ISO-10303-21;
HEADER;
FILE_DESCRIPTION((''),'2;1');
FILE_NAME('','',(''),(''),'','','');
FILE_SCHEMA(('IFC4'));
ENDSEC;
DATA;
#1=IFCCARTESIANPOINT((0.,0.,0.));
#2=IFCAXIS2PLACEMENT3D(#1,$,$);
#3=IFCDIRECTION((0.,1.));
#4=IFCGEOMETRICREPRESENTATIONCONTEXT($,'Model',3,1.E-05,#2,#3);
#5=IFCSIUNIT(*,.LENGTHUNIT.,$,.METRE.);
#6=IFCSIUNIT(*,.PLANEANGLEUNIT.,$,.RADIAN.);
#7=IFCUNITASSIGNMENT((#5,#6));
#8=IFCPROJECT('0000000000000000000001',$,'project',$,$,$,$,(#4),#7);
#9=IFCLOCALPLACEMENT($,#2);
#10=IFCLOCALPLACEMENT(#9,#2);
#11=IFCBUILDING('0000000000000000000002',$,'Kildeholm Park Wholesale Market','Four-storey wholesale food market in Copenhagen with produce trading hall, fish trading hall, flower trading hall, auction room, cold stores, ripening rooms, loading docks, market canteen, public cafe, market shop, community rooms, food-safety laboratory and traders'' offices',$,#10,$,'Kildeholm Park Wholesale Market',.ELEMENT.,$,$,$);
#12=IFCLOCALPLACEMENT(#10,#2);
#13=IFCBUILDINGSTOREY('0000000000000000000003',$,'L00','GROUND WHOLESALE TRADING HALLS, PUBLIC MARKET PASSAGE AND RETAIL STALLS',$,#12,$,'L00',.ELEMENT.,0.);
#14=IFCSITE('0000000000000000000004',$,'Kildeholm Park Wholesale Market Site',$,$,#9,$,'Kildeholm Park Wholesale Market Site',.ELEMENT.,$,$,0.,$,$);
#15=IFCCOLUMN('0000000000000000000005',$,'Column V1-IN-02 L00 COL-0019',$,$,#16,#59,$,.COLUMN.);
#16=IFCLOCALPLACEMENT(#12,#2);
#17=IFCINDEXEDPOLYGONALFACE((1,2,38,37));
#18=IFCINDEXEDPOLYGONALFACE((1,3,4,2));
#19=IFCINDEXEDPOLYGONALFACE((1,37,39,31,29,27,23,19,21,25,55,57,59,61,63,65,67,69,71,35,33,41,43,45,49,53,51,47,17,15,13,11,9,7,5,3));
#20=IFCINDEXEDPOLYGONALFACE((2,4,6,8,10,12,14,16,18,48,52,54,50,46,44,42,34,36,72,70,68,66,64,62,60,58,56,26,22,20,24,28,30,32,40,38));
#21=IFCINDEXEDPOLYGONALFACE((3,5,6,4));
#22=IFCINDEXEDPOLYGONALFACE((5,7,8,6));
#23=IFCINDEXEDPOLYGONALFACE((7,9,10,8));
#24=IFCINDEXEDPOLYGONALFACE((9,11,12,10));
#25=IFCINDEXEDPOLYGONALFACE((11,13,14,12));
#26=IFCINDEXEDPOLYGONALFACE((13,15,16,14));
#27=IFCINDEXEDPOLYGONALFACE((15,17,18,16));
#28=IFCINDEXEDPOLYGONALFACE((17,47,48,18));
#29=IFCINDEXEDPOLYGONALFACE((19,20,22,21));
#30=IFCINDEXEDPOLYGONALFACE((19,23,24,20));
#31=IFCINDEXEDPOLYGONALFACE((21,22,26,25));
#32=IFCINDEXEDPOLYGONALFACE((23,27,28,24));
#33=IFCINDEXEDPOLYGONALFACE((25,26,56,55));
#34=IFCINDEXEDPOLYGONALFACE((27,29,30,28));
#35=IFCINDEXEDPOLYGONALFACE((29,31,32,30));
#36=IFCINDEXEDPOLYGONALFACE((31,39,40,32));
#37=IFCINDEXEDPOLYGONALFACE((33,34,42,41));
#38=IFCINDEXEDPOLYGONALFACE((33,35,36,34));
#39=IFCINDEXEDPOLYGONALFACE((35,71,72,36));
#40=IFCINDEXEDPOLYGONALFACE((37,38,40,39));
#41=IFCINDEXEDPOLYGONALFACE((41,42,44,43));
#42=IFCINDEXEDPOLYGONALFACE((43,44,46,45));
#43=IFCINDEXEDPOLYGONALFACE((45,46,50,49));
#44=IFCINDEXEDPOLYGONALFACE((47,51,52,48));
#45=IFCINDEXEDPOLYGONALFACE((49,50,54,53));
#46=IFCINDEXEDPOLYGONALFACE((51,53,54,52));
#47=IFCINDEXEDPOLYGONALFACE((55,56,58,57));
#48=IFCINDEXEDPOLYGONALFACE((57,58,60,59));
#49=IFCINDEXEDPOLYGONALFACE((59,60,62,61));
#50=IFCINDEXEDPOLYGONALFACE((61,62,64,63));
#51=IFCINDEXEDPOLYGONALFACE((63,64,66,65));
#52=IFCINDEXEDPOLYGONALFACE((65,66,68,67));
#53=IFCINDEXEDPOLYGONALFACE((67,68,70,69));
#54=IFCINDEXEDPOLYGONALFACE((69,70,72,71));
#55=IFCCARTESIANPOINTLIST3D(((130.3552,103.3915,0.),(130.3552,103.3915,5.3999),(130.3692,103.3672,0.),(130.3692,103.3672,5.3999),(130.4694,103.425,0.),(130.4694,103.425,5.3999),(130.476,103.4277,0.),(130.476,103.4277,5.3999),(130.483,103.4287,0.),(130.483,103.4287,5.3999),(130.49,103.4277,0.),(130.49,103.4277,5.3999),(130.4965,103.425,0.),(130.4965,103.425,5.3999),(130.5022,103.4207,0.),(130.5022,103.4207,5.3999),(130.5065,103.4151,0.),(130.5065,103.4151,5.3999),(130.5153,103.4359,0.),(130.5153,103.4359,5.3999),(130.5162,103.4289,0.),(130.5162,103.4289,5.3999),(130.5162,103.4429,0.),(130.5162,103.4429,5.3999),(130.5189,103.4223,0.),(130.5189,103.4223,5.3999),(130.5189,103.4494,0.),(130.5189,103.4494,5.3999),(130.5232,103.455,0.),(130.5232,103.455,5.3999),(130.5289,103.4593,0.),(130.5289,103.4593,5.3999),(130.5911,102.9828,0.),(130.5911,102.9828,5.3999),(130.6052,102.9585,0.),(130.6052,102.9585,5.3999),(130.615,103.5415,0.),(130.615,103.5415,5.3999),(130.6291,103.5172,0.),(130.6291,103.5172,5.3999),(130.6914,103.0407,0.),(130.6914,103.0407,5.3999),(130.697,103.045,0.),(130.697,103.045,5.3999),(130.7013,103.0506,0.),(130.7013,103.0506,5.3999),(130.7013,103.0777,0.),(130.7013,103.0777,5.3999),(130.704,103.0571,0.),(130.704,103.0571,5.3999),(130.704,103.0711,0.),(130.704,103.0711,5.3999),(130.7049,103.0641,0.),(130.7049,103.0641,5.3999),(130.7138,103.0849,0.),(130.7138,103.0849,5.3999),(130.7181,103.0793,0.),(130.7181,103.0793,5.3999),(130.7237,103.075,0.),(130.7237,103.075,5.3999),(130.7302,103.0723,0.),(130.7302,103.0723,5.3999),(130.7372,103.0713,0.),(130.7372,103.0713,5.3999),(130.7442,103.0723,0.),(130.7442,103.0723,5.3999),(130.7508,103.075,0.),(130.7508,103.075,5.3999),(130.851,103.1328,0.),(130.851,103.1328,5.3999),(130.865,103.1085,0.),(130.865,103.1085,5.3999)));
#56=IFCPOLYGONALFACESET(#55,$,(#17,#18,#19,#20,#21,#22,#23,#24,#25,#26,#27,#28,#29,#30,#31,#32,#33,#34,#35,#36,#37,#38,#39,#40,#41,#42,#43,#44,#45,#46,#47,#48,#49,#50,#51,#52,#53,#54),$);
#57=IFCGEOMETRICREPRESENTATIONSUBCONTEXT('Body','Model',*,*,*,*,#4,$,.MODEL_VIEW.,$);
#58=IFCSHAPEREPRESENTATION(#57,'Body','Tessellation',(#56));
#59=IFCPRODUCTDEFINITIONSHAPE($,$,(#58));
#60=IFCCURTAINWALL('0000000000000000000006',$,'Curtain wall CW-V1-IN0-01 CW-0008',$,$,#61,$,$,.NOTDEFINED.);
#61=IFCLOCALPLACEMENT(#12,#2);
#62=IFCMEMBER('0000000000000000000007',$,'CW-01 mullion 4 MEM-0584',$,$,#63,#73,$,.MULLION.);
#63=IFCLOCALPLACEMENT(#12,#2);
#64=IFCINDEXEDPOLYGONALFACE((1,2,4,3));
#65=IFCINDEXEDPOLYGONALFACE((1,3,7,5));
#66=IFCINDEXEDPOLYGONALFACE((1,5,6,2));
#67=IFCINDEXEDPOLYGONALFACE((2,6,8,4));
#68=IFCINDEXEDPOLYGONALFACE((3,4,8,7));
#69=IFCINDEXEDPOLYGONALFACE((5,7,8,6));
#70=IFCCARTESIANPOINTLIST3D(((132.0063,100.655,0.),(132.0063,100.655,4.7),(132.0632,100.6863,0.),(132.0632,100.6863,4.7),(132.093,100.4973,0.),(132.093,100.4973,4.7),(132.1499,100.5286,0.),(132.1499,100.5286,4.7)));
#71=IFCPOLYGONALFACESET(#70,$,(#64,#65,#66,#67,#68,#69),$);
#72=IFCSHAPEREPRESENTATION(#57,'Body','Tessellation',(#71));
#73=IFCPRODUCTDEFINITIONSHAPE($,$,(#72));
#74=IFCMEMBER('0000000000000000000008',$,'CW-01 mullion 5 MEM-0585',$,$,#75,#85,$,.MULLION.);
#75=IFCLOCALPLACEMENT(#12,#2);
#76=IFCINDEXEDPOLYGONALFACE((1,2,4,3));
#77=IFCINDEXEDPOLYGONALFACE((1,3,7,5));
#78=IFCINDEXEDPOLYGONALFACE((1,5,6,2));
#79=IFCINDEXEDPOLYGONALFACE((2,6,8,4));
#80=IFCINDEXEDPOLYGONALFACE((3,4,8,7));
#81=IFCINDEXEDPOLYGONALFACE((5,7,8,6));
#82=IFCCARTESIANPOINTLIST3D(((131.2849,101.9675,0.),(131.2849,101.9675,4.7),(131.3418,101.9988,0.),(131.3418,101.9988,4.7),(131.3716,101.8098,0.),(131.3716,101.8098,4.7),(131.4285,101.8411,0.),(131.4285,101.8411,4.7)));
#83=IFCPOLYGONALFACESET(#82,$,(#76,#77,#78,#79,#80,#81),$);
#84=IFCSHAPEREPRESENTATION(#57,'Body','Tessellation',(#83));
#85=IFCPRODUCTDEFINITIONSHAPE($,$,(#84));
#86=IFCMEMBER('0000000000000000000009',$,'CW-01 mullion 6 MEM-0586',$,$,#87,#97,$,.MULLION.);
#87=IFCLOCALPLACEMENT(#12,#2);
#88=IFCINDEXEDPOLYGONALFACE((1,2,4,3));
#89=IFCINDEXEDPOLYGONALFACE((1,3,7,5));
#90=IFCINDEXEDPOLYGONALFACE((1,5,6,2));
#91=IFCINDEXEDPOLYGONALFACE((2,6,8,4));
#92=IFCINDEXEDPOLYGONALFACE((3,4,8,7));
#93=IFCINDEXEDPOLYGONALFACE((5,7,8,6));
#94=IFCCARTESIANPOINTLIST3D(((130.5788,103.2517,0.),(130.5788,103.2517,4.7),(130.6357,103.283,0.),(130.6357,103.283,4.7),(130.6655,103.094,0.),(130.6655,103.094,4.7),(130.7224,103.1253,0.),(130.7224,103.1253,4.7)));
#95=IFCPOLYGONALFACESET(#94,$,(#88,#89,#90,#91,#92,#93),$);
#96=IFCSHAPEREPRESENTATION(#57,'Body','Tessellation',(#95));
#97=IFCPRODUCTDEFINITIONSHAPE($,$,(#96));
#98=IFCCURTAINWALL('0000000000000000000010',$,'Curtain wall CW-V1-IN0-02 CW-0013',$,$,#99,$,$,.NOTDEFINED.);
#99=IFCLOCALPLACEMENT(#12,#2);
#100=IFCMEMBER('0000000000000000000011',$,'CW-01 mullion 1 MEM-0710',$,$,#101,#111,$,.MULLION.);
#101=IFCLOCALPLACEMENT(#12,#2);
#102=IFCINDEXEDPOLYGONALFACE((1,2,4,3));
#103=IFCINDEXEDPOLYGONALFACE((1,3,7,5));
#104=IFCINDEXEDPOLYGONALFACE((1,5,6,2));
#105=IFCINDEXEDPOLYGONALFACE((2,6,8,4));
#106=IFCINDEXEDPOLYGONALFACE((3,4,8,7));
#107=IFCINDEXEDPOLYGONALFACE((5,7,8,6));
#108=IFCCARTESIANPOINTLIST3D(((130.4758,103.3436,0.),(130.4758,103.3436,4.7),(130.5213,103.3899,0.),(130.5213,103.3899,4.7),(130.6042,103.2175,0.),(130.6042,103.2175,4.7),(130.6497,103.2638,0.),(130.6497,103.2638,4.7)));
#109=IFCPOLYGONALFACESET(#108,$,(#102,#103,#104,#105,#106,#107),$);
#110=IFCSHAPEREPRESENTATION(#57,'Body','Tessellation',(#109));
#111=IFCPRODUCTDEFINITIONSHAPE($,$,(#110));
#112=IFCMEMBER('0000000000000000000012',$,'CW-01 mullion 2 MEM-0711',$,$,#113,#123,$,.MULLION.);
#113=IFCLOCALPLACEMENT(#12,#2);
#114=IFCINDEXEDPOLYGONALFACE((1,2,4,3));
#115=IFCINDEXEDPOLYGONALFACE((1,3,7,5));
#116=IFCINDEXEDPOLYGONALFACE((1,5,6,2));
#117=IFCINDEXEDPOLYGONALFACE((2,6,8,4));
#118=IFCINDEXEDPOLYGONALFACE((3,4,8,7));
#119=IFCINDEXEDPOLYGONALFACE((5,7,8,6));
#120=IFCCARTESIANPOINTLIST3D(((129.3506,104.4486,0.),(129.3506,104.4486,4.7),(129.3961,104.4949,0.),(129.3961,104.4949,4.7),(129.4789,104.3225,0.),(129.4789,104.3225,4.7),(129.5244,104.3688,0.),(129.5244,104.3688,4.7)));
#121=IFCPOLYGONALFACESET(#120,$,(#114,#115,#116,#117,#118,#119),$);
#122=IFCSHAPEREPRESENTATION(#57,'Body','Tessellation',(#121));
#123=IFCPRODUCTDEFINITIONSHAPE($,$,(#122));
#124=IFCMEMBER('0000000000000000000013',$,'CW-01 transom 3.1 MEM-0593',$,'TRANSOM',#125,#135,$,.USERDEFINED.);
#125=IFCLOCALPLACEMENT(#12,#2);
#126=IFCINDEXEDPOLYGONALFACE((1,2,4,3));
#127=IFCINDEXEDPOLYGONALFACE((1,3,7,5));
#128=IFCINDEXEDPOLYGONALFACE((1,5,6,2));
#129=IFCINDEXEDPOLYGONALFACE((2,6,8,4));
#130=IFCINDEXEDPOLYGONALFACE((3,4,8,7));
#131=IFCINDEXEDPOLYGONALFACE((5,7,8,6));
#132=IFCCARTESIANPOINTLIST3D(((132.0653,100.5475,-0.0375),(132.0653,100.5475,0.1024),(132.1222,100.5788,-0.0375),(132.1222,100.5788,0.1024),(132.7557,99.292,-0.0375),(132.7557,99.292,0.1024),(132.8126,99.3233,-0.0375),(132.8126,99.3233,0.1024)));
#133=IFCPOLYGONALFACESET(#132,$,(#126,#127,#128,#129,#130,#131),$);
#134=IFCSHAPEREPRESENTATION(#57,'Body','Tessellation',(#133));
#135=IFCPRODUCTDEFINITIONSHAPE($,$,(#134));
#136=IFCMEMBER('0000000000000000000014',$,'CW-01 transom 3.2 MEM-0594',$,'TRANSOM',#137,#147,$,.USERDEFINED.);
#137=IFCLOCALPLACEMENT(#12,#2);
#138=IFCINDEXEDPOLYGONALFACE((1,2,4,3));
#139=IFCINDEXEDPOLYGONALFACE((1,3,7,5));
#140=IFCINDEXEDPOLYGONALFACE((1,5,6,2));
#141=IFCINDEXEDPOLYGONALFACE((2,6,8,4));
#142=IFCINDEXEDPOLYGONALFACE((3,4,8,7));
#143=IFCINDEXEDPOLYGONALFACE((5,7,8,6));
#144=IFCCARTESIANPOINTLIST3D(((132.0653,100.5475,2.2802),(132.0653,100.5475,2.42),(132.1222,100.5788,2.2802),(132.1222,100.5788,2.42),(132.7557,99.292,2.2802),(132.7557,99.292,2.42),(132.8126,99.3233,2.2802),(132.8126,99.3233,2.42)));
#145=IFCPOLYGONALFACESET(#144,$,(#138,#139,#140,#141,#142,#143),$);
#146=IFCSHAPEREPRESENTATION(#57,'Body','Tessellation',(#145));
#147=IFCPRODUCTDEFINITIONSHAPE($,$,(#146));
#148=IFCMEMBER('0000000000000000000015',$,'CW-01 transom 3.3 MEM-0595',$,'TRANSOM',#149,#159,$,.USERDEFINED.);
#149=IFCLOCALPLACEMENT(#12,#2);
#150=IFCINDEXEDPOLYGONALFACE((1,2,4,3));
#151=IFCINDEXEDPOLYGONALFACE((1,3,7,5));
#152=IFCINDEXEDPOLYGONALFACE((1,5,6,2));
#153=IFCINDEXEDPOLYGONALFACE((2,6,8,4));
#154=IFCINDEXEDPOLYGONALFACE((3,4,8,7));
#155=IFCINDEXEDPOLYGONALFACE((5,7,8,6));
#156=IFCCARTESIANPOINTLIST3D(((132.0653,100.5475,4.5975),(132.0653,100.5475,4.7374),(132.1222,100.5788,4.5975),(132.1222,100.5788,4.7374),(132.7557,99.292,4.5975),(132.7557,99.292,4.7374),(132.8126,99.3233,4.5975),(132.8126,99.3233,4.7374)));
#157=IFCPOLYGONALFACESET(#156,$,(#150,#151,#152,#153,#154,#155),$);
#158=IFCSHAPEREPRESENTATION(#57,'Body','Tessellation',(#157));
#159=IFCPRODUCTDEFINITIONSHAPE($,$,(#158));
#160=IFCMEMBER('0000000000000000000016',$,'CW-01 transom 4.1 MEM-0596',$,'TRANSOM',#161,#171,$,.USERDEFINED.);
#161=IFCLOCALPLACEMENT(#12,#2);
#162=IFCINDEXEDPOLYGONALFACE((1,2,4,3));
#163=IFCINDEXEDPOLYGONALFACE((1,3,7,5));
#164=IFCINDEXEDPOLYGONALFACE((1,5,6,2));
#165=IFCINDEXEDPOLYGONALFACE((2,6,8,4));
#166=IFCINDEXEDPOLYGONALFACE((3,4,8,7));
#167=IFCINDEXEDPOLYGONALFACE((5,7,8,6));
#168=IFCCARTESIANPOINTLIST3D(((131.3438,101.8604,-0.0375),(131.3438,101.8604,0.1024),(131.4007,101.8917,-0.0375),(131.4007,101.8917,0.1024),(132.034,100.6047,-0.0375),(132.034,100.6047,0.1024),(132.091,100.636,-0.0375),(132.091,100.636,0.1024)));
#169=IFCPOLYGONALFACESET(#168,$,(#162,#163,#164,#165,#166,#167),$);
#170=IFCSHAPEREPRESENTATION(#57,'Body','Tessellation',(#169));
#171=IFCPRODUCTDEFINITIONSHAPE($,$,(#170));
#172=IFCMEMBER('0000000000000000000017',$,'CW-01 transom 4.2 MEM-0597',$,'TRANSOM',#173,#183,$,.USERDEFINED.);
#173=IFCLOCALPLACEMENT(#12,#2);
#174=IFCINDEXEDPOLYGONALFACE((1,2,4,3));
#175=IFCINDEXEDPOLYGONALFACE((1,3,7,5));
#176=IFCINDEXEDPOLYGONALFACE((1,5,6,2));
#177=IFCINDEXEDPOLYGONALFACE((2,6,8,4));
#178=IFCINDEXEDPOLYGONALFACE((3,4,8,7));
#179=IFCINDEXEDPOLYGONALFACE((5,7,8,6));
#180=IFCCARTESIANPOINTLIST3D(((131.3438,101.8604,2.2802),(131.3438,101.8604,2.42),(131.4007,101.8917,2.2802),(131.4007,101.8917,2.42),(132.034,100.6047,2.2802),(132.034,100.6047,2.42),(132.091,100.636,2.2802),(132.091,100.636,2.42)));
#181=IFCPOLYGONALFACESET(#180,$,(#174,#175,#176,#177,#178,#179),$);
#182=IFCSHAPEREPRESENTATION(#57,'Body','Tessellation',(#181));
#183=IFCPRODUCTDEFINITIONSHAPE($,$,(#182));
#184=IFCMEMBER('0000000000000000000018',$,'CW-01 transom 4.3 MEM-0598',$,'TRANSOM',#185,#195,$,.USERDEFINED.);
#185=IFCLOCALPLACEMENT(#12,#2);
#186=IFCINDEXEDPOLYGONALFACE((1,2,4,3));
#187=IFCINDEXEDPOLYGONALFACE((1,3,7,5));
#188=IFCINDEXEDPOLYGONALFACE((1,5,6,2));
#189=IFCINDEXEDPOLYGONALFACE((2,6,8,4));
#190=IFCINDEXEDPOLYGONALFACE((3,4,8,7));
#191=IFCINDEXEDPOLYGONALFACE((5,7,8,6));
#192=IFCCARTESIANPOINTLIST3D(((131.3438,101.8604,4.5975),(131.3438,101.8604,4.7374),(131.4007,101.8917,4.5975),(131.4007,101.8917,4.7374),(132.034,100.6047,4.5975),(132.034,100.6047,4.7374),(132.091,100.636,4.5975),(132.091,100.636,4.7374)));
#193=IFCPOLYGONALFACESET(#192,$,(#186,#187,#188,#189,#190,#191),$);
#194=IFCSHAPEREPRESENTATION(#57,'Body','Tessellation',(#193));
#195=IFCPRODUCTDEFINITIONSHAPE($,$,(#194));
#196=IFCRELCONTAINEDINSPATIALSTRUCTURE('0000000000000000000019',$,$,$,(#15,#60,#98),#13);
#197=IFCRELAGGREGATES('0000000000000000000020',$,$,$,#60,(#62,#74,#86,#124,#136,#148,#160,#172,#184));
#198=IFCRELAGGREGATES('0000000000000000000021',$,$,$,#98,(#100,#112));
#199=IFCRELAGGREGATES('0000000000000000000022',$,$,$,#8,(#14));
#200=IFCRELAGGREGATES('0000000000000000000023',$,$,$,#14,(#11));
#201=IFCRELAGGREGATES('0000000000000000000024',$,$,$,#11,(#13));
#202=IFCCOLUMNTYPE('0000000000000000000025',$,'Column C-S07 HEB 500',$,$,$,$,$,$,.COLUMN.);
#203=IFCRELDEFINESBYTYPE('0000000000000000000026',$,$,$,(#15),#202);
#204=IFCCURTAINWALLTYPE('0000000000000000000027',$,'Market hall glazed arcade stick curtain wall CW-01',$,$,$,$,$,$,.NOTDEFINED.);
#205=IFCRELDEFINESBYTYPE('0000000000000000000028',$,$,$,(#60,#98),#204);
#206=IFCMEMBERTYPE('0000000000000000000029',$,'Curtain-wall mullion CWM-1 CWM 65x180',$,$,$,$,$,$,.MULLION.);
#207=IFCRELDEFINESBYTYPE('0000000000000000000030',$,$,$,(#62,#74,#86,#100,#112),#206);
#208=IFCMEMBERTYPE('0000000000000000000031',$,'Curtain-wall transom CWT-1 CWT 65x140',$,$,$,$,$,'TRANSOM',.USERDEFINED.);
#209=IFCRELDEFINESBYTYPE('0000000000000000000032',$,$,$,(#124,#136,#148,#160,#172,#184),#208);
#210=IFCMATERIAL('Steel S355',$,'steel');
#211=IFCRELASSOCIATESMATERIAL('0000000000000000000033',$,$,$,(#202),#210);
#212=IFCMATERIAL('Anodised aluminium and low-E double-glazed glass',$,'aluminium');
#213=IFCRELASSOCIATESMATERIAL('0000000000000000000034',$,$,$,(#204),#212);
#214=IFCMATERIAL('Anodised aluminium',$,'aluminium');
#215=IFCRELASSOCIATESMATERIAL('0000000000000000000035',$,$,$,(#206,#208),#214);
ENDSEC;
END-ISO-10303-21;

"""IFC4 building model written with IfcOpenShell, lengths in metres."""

from ifc_helpers import new_model, si_unit, direction, frame, origin, origin_2d, place, context, subcontext, project, spatial, rectangle, i_section, extrude, material, material_profile, profile_set, type_object, element, aggregate, save


model = new_model("IFC4")

# Units and contexts
model_context = context("Model", 3, precision=1e-05, world=origin(), true_north=direction((0.0, 1.0)))
body_context = subcontext(model_context, "Body", "Model", "MODEL_VIEW")
ifc_project = project(units=[si_unit("LENGTHUNIT", "METRE"), si_unit("PLANEANGLEUNIT", "RADIAN")], contexts=[model_context])

# Site, building, storey
site_placement = place(None, origin())
site = spatial("IfcSite", under=ifc_project, at=site_placement, Name="Kildeholm Park Wholesale Market Site", LongName="Kildeholm Park Wholesale Market Site", CompositionType="ELEMENT", RefElevation=0.0)
building_placement = place(site_placement, origin())
building = spatial("IfcBuilding", under=site, at=building_placement, Name="Kildeholm Park Wholesale Market", Description="Four-storey wholesale food market in Copenhagen with produce trading hall, fish trading hall, flower trading hall, auction room, cold stores, ripening rooms, loading docks, market canteen, public cafe, market shop, community rooms, food-safety laboratory and traders' offices", LongName="Kildeholm Park Wholesale Market", CompositionType="ELEMENT")
storey_placement = place(building_placement, origin())
storey = spatial("IfcBuildingStorey", under=building, at=storey_placement, Name="L00", Description="GROUND WHOLESALE TRADING HALLS, PUBLIC MARKET PASSAGE AND RETAIL STALLS", LongName="L00", CompositionType="ELEMENT", Elevation=0.0)

# Column
ifc_material_1 = material(Name="Steel S355", Category="steel")
ifc_material_profile_1 = material_profile(ifc_material_1, i_section(OverallWidth=0.3, OverallDepth=0.5, WebThickness=0.0144, FlangeThickness=0.0281, FilletRadius=0.0271, at=origin_2d()), Name="HEB 500")
ifc_profile_set_1 = profile_set([ifc_material_profile_1], Name="Steel S355")
column_type = type_object("IfcColumnType", Name="Column C-S07 HEB 500", PredefinedType="COLUMN", material=ifc_profile_set_1)
column_placement = place(storey_placement, frame((130.6101, 103.25, 0.0), z_axis=(0.0, 0.0, 1.0), x_axis=(0.866025, 0.5, 0.0)))
element("IfcColumn", 1, at=column_placement, inside=storey, type_object=column_type, Name="Column V1-IN-02 L00 COL-0019", PredefinedType="COLUMN", context=body_context, shape_type="SweptSolid", body=[
    extrude(i_section(OverallWidth=0.3, OverallDepth=0.5, WebThickness=0.0144, FlangeThickness=0.0281, FilletRadius=0.0271, at=origin_2d()), origin(), (0.0, 0.0, 1.0), 5.3999),
])

# Curtain walls, members
ifc_material_2 = material(Name="Anodised aluminium and low-E double-glazed glass", Category="aluminium")
curtain_wall_type = type_object("IfcCurtainWallType", Name="Market hall glazed arcade stick curtain wall CW-01", PredefinedType="NOTDEFINED", material=ifc_material_2)
curtain_wall_1_placement = place(storey_placement, origin())
curtain_wall_1 = element("IfcCurtainWall", 2, at=curtain_wall_1_placement, inside=storey, type_object=curtain_wall_type, Name="Curtain wall CW-V1-IN0-01 CW-0008", PredefinedType="NOTDEFINED")
ifc_material_3 = material(Name="Anodised aluminium", Category="aluminium")
ifc_material_profile_2 = material_profile(ifc_material_3, rectangle(XDim=0.0649, YDim=0.1799, at=origin_2d()), Name="CWM 65x180")
ifc_profile_set_2 = profile_set([ifc_material_profile_2], Name="Anodised aluminium")
member_type_1 = type_object("IfcMemberType", Name="Curtain-wall mullion CWM-1 CWM 65x180", PredefinedType="MULLION", material=ifc_profile_set_2)
member_1_placement = place(storey_placement, frame((132.0781, 100.5918, 0.0), z_axis=(0.0, 0.0, 1.0), x_axis=(-0.876309, -0.48175, 0.0)))
member_1 = element("IfcMember", 3, at=member_1_placement, type_object=member_type_1, Name="CW-01 mullion 4 MEM-0584", PredefinedType="MULLION", context=body_context, shape_type="SweptSolid", body=[
    extrude(rectangle(XDim=0.0649, YDim=0.1799, at=origin_2d()), origin(), (0.0, 0.0, 1.0), 4.7),
])
member_2_placement = place(storey_placement, frame((131.3567, 101.9043, 0.0), z_axis=(0.0, 0.0, 1.0), x_axis=(-0.876309, -0.48175, 0.0)))
member_2 = element("IfcMember", 4, at=member_2_placement, type_object=member_type_1, Name="CW-01 mullion 5 MEM-0585", PredefinedType="MULLION", context=body_context, shape_type="SweptSolid", body=[
    extrude(rectangle(XDim=0.0649, YDim=0.1799, at=origin_2d()), origin(), (0.0, 0.0, 1.0), 4.7),
])
member_3_placement = place(storey_placement, frame((130.6506, 103.1885, 0.0), z_axis=(0.0, 0.0, 1.0), x_axis=(-0.876309, -0.48175, 0.0)))
member_3 = element("IfcMember", 5, at=member_3_placement, type_object=member_type_1, Name="CW-01 mullion 6 MEM-0586", PredefinedType="MULLION", context=body_context, shape_type="SweptSolid", body=[
    extrude(rectangle(XDim=0.0649, YDim=0.1799, at=origin_2d()), origin(), (0.0, 0.0, 1.0), 4.7),
])
curtain_wall_2_placement = place(storey_placement, origin())
curtain_wall_2 = element("IfcCurtainWall", 6, at=curtain_wall_2_placement, inside=storey, type_object=curtain_wall_type, Name="Curtain wall CW-V1-IN0-02 CW-0013", PredefinedType="NOTDEFINED")
member_4_placement = place(storey_placement, frame((130.5627, 103.3037, 0.0), z_axis=(0.0, 0.0, 1.0), x_axis=(-0.700617, -0.713538, 0.0)))
member_4 = element("IfcMember", 7, at=member_4_placement, type_object=member_type_1, Name="CW-01 mullion 1 MEM-0710", PredefinedType="MULLION", context=body_context, shape_type="SweptSolid", body=[
    extrude(rectangle(XDim=0.0649, YDim=0.1799, at=origin_2d()), origin(), (0.0, 0.0, 1.0), 4.7),
])
member_5_placement = place(storey_placement, frame((129.4375, 104.4087, 0.0), z_axis=(0.0, 0.0, 1.0), x_axis=(-0.700617, -0.713538, 0.0)))
member_5 = element("IfcMember", 8, at=member_5_placement, type_object=member_type_1, Name="CW-01 mullion 2 MEM-0711", PredefinedType="MULLION", context=body_context, shape_type="SweptSolid", body=[
    extrude(rectangle(XDim=0.0649, YDim=0.1799, at=origin_2d()), origin(), (0.0, 0.0, 1.0), 4.7),
])

# Members
ifc_material_profile_3 = material_profile(ifc_material_3, rectangle(XDim=0.0649, YDim=0.1399, at=origin_2d()), Name="CWT 65x140")
ifc_profile_set_3 = profile_set([ifc_material_profile_3], Name="Anodised aluminium")
member_type_2 = type_object("IfcMemberType", Name="Curtain-wall transom CWT-1 CWT 65x140", ElementType="TRANSOM", PredefinedType="USERDEFINED", material=ifc_profile_set_3)
member_6_placement = place(storey_placement, frame((132.7842, 99.3076, 0.0325), z_axis=(-0.481834, 0.876263, 0.0), x_axis=(-0.876263, -0.481834, 0.0)))
member_6 = element("IfcMember", 9, at=member_6_placement, type_object=member_type_2, Name="CW-01 transom 3.1 MEM-0593", ObjectType="TRANSOM", PredefinedType="USERDEFINED", context=body_context, shape_type="SweptSolid", body=[
    extrude(rectangle(XDim=0.0649, YDim=0.1399, at=origin_2d()), origin(), (0.0, 0.0, 1.0), 1.4329),
])
member_7_placement = place(storey_placement, frame((132.7842, 99.3076, 2.3501), z_axis=(-0.481834, 0.876263, 0.0), x_axis=(-0.876263, -0.481834, 0.0)))
member_7 = element("IfcMember", 10, at=member_7_placement, type_object=member_type_2, Name="CW-01 transom 3.2 MEM-0594", ObjectType="TRANSOM", PredefinedType="USERDEFINED", context=body_context, shape_type="SweptSolid", body=[
    extrude(rectangle(XDim=0.0649, YDim=0.1399, at=origin_2d()), origin(), (0.0, 0.0, 1.0), 1.4329),
])
member_8_placement = place(storey_placement, frame((132.7842, 99.3076, 4.6675), z_axis=(-0.481834, 0.876263, 0.0), x_axis=(-0.876263, -0.481834, 0.0)))
member_8 = element("IfcMember", 11, at=member_8_placement, type_object=member_type_2, Name="CW-01 transom 3.3 MEM-0595", ObjectType="TRANSOM", PredefinedType="USERDEFINED", context=body_context, shape_type="SweptSolid", body=[
    extrude(rectangle(XDim=0.0649, YDim=0.1399, at=origin_2d()), origin(), (0.0, 0.0, 1.0), 1.4329),
])
member_9_placement = place(storey_placement, frame((132.0625, 100.6204, 0.0325), z_axis=(-0.481703, 0.876335, 0.0), x_axis=(-0.876335, -0.481703, 0.0)))
member_9 = element("IfcMember", 12, at=member_9_placement, type_object=member_type_2, Name="CW-01 transom 4.1 MEM-0596", ObjectType="TRANSOM", PredefinedType="USERDEFINED", context=body_context, shape_type="SweptSolid", body=[
    extrude(rectangle(XDim=0.0649, YDim=0.1399, at=origin_2d()), origin(), (0.0, 0.0, 1.0), 1.4329),
])
member_10_placement = place(storey_placement, frame((132.0625, 100.6204, 2.3501), z_axis=(-0.481703, 0.876335, 0.0), x_axis=(-0.876335, -0.481703, 0.0)))
member_10 = element("IfcMember", 13, at=member_10_placement, type_object=member_type_2, Name="CW-01 transom 4.2 MEM-0597", ObjectType="TRANSOM", PredefinedType="USERDEFINED", context=body_context, shape_type="SweptSolid", body=[
    extrude(rectangle(XDim=0.0649, YDim=0.1399, at=origin_2d()), origin(), (0.0, 0.0, 1.0), 1.4329),
])
member_11_placement = place(storey_placement, frame((132.0625, 100.6204, 4.6675), z_axis=(-0.481703, 0.876335, 0.0), x_axis=(-0.876335, -0.481703, 0.0)))
member_11 = element("IfcMember", 14, at=member_11_placement, type_object=member_type_2, Name="CW-01 transom 4.3 MEM-0598", ObjectType="TRANSOM", PredefinedType="USERDEFINED", context=body_context, shape_type="SweptSolid", body=[
    extrude(rectangle(XDim=0.0649, YDim=0.1399, at=origin_2d()), origin(), (0.0, 0.0, 1.0), 1.4329),
])

aggregate(curtain_wall_1, [member_1, member_2, member_3, member_6, member_7, member_8, member_9, member_10, member_11])
aggregate(curtain_wall_2, [member_4, member_5])

save(model, "model.ifc")
